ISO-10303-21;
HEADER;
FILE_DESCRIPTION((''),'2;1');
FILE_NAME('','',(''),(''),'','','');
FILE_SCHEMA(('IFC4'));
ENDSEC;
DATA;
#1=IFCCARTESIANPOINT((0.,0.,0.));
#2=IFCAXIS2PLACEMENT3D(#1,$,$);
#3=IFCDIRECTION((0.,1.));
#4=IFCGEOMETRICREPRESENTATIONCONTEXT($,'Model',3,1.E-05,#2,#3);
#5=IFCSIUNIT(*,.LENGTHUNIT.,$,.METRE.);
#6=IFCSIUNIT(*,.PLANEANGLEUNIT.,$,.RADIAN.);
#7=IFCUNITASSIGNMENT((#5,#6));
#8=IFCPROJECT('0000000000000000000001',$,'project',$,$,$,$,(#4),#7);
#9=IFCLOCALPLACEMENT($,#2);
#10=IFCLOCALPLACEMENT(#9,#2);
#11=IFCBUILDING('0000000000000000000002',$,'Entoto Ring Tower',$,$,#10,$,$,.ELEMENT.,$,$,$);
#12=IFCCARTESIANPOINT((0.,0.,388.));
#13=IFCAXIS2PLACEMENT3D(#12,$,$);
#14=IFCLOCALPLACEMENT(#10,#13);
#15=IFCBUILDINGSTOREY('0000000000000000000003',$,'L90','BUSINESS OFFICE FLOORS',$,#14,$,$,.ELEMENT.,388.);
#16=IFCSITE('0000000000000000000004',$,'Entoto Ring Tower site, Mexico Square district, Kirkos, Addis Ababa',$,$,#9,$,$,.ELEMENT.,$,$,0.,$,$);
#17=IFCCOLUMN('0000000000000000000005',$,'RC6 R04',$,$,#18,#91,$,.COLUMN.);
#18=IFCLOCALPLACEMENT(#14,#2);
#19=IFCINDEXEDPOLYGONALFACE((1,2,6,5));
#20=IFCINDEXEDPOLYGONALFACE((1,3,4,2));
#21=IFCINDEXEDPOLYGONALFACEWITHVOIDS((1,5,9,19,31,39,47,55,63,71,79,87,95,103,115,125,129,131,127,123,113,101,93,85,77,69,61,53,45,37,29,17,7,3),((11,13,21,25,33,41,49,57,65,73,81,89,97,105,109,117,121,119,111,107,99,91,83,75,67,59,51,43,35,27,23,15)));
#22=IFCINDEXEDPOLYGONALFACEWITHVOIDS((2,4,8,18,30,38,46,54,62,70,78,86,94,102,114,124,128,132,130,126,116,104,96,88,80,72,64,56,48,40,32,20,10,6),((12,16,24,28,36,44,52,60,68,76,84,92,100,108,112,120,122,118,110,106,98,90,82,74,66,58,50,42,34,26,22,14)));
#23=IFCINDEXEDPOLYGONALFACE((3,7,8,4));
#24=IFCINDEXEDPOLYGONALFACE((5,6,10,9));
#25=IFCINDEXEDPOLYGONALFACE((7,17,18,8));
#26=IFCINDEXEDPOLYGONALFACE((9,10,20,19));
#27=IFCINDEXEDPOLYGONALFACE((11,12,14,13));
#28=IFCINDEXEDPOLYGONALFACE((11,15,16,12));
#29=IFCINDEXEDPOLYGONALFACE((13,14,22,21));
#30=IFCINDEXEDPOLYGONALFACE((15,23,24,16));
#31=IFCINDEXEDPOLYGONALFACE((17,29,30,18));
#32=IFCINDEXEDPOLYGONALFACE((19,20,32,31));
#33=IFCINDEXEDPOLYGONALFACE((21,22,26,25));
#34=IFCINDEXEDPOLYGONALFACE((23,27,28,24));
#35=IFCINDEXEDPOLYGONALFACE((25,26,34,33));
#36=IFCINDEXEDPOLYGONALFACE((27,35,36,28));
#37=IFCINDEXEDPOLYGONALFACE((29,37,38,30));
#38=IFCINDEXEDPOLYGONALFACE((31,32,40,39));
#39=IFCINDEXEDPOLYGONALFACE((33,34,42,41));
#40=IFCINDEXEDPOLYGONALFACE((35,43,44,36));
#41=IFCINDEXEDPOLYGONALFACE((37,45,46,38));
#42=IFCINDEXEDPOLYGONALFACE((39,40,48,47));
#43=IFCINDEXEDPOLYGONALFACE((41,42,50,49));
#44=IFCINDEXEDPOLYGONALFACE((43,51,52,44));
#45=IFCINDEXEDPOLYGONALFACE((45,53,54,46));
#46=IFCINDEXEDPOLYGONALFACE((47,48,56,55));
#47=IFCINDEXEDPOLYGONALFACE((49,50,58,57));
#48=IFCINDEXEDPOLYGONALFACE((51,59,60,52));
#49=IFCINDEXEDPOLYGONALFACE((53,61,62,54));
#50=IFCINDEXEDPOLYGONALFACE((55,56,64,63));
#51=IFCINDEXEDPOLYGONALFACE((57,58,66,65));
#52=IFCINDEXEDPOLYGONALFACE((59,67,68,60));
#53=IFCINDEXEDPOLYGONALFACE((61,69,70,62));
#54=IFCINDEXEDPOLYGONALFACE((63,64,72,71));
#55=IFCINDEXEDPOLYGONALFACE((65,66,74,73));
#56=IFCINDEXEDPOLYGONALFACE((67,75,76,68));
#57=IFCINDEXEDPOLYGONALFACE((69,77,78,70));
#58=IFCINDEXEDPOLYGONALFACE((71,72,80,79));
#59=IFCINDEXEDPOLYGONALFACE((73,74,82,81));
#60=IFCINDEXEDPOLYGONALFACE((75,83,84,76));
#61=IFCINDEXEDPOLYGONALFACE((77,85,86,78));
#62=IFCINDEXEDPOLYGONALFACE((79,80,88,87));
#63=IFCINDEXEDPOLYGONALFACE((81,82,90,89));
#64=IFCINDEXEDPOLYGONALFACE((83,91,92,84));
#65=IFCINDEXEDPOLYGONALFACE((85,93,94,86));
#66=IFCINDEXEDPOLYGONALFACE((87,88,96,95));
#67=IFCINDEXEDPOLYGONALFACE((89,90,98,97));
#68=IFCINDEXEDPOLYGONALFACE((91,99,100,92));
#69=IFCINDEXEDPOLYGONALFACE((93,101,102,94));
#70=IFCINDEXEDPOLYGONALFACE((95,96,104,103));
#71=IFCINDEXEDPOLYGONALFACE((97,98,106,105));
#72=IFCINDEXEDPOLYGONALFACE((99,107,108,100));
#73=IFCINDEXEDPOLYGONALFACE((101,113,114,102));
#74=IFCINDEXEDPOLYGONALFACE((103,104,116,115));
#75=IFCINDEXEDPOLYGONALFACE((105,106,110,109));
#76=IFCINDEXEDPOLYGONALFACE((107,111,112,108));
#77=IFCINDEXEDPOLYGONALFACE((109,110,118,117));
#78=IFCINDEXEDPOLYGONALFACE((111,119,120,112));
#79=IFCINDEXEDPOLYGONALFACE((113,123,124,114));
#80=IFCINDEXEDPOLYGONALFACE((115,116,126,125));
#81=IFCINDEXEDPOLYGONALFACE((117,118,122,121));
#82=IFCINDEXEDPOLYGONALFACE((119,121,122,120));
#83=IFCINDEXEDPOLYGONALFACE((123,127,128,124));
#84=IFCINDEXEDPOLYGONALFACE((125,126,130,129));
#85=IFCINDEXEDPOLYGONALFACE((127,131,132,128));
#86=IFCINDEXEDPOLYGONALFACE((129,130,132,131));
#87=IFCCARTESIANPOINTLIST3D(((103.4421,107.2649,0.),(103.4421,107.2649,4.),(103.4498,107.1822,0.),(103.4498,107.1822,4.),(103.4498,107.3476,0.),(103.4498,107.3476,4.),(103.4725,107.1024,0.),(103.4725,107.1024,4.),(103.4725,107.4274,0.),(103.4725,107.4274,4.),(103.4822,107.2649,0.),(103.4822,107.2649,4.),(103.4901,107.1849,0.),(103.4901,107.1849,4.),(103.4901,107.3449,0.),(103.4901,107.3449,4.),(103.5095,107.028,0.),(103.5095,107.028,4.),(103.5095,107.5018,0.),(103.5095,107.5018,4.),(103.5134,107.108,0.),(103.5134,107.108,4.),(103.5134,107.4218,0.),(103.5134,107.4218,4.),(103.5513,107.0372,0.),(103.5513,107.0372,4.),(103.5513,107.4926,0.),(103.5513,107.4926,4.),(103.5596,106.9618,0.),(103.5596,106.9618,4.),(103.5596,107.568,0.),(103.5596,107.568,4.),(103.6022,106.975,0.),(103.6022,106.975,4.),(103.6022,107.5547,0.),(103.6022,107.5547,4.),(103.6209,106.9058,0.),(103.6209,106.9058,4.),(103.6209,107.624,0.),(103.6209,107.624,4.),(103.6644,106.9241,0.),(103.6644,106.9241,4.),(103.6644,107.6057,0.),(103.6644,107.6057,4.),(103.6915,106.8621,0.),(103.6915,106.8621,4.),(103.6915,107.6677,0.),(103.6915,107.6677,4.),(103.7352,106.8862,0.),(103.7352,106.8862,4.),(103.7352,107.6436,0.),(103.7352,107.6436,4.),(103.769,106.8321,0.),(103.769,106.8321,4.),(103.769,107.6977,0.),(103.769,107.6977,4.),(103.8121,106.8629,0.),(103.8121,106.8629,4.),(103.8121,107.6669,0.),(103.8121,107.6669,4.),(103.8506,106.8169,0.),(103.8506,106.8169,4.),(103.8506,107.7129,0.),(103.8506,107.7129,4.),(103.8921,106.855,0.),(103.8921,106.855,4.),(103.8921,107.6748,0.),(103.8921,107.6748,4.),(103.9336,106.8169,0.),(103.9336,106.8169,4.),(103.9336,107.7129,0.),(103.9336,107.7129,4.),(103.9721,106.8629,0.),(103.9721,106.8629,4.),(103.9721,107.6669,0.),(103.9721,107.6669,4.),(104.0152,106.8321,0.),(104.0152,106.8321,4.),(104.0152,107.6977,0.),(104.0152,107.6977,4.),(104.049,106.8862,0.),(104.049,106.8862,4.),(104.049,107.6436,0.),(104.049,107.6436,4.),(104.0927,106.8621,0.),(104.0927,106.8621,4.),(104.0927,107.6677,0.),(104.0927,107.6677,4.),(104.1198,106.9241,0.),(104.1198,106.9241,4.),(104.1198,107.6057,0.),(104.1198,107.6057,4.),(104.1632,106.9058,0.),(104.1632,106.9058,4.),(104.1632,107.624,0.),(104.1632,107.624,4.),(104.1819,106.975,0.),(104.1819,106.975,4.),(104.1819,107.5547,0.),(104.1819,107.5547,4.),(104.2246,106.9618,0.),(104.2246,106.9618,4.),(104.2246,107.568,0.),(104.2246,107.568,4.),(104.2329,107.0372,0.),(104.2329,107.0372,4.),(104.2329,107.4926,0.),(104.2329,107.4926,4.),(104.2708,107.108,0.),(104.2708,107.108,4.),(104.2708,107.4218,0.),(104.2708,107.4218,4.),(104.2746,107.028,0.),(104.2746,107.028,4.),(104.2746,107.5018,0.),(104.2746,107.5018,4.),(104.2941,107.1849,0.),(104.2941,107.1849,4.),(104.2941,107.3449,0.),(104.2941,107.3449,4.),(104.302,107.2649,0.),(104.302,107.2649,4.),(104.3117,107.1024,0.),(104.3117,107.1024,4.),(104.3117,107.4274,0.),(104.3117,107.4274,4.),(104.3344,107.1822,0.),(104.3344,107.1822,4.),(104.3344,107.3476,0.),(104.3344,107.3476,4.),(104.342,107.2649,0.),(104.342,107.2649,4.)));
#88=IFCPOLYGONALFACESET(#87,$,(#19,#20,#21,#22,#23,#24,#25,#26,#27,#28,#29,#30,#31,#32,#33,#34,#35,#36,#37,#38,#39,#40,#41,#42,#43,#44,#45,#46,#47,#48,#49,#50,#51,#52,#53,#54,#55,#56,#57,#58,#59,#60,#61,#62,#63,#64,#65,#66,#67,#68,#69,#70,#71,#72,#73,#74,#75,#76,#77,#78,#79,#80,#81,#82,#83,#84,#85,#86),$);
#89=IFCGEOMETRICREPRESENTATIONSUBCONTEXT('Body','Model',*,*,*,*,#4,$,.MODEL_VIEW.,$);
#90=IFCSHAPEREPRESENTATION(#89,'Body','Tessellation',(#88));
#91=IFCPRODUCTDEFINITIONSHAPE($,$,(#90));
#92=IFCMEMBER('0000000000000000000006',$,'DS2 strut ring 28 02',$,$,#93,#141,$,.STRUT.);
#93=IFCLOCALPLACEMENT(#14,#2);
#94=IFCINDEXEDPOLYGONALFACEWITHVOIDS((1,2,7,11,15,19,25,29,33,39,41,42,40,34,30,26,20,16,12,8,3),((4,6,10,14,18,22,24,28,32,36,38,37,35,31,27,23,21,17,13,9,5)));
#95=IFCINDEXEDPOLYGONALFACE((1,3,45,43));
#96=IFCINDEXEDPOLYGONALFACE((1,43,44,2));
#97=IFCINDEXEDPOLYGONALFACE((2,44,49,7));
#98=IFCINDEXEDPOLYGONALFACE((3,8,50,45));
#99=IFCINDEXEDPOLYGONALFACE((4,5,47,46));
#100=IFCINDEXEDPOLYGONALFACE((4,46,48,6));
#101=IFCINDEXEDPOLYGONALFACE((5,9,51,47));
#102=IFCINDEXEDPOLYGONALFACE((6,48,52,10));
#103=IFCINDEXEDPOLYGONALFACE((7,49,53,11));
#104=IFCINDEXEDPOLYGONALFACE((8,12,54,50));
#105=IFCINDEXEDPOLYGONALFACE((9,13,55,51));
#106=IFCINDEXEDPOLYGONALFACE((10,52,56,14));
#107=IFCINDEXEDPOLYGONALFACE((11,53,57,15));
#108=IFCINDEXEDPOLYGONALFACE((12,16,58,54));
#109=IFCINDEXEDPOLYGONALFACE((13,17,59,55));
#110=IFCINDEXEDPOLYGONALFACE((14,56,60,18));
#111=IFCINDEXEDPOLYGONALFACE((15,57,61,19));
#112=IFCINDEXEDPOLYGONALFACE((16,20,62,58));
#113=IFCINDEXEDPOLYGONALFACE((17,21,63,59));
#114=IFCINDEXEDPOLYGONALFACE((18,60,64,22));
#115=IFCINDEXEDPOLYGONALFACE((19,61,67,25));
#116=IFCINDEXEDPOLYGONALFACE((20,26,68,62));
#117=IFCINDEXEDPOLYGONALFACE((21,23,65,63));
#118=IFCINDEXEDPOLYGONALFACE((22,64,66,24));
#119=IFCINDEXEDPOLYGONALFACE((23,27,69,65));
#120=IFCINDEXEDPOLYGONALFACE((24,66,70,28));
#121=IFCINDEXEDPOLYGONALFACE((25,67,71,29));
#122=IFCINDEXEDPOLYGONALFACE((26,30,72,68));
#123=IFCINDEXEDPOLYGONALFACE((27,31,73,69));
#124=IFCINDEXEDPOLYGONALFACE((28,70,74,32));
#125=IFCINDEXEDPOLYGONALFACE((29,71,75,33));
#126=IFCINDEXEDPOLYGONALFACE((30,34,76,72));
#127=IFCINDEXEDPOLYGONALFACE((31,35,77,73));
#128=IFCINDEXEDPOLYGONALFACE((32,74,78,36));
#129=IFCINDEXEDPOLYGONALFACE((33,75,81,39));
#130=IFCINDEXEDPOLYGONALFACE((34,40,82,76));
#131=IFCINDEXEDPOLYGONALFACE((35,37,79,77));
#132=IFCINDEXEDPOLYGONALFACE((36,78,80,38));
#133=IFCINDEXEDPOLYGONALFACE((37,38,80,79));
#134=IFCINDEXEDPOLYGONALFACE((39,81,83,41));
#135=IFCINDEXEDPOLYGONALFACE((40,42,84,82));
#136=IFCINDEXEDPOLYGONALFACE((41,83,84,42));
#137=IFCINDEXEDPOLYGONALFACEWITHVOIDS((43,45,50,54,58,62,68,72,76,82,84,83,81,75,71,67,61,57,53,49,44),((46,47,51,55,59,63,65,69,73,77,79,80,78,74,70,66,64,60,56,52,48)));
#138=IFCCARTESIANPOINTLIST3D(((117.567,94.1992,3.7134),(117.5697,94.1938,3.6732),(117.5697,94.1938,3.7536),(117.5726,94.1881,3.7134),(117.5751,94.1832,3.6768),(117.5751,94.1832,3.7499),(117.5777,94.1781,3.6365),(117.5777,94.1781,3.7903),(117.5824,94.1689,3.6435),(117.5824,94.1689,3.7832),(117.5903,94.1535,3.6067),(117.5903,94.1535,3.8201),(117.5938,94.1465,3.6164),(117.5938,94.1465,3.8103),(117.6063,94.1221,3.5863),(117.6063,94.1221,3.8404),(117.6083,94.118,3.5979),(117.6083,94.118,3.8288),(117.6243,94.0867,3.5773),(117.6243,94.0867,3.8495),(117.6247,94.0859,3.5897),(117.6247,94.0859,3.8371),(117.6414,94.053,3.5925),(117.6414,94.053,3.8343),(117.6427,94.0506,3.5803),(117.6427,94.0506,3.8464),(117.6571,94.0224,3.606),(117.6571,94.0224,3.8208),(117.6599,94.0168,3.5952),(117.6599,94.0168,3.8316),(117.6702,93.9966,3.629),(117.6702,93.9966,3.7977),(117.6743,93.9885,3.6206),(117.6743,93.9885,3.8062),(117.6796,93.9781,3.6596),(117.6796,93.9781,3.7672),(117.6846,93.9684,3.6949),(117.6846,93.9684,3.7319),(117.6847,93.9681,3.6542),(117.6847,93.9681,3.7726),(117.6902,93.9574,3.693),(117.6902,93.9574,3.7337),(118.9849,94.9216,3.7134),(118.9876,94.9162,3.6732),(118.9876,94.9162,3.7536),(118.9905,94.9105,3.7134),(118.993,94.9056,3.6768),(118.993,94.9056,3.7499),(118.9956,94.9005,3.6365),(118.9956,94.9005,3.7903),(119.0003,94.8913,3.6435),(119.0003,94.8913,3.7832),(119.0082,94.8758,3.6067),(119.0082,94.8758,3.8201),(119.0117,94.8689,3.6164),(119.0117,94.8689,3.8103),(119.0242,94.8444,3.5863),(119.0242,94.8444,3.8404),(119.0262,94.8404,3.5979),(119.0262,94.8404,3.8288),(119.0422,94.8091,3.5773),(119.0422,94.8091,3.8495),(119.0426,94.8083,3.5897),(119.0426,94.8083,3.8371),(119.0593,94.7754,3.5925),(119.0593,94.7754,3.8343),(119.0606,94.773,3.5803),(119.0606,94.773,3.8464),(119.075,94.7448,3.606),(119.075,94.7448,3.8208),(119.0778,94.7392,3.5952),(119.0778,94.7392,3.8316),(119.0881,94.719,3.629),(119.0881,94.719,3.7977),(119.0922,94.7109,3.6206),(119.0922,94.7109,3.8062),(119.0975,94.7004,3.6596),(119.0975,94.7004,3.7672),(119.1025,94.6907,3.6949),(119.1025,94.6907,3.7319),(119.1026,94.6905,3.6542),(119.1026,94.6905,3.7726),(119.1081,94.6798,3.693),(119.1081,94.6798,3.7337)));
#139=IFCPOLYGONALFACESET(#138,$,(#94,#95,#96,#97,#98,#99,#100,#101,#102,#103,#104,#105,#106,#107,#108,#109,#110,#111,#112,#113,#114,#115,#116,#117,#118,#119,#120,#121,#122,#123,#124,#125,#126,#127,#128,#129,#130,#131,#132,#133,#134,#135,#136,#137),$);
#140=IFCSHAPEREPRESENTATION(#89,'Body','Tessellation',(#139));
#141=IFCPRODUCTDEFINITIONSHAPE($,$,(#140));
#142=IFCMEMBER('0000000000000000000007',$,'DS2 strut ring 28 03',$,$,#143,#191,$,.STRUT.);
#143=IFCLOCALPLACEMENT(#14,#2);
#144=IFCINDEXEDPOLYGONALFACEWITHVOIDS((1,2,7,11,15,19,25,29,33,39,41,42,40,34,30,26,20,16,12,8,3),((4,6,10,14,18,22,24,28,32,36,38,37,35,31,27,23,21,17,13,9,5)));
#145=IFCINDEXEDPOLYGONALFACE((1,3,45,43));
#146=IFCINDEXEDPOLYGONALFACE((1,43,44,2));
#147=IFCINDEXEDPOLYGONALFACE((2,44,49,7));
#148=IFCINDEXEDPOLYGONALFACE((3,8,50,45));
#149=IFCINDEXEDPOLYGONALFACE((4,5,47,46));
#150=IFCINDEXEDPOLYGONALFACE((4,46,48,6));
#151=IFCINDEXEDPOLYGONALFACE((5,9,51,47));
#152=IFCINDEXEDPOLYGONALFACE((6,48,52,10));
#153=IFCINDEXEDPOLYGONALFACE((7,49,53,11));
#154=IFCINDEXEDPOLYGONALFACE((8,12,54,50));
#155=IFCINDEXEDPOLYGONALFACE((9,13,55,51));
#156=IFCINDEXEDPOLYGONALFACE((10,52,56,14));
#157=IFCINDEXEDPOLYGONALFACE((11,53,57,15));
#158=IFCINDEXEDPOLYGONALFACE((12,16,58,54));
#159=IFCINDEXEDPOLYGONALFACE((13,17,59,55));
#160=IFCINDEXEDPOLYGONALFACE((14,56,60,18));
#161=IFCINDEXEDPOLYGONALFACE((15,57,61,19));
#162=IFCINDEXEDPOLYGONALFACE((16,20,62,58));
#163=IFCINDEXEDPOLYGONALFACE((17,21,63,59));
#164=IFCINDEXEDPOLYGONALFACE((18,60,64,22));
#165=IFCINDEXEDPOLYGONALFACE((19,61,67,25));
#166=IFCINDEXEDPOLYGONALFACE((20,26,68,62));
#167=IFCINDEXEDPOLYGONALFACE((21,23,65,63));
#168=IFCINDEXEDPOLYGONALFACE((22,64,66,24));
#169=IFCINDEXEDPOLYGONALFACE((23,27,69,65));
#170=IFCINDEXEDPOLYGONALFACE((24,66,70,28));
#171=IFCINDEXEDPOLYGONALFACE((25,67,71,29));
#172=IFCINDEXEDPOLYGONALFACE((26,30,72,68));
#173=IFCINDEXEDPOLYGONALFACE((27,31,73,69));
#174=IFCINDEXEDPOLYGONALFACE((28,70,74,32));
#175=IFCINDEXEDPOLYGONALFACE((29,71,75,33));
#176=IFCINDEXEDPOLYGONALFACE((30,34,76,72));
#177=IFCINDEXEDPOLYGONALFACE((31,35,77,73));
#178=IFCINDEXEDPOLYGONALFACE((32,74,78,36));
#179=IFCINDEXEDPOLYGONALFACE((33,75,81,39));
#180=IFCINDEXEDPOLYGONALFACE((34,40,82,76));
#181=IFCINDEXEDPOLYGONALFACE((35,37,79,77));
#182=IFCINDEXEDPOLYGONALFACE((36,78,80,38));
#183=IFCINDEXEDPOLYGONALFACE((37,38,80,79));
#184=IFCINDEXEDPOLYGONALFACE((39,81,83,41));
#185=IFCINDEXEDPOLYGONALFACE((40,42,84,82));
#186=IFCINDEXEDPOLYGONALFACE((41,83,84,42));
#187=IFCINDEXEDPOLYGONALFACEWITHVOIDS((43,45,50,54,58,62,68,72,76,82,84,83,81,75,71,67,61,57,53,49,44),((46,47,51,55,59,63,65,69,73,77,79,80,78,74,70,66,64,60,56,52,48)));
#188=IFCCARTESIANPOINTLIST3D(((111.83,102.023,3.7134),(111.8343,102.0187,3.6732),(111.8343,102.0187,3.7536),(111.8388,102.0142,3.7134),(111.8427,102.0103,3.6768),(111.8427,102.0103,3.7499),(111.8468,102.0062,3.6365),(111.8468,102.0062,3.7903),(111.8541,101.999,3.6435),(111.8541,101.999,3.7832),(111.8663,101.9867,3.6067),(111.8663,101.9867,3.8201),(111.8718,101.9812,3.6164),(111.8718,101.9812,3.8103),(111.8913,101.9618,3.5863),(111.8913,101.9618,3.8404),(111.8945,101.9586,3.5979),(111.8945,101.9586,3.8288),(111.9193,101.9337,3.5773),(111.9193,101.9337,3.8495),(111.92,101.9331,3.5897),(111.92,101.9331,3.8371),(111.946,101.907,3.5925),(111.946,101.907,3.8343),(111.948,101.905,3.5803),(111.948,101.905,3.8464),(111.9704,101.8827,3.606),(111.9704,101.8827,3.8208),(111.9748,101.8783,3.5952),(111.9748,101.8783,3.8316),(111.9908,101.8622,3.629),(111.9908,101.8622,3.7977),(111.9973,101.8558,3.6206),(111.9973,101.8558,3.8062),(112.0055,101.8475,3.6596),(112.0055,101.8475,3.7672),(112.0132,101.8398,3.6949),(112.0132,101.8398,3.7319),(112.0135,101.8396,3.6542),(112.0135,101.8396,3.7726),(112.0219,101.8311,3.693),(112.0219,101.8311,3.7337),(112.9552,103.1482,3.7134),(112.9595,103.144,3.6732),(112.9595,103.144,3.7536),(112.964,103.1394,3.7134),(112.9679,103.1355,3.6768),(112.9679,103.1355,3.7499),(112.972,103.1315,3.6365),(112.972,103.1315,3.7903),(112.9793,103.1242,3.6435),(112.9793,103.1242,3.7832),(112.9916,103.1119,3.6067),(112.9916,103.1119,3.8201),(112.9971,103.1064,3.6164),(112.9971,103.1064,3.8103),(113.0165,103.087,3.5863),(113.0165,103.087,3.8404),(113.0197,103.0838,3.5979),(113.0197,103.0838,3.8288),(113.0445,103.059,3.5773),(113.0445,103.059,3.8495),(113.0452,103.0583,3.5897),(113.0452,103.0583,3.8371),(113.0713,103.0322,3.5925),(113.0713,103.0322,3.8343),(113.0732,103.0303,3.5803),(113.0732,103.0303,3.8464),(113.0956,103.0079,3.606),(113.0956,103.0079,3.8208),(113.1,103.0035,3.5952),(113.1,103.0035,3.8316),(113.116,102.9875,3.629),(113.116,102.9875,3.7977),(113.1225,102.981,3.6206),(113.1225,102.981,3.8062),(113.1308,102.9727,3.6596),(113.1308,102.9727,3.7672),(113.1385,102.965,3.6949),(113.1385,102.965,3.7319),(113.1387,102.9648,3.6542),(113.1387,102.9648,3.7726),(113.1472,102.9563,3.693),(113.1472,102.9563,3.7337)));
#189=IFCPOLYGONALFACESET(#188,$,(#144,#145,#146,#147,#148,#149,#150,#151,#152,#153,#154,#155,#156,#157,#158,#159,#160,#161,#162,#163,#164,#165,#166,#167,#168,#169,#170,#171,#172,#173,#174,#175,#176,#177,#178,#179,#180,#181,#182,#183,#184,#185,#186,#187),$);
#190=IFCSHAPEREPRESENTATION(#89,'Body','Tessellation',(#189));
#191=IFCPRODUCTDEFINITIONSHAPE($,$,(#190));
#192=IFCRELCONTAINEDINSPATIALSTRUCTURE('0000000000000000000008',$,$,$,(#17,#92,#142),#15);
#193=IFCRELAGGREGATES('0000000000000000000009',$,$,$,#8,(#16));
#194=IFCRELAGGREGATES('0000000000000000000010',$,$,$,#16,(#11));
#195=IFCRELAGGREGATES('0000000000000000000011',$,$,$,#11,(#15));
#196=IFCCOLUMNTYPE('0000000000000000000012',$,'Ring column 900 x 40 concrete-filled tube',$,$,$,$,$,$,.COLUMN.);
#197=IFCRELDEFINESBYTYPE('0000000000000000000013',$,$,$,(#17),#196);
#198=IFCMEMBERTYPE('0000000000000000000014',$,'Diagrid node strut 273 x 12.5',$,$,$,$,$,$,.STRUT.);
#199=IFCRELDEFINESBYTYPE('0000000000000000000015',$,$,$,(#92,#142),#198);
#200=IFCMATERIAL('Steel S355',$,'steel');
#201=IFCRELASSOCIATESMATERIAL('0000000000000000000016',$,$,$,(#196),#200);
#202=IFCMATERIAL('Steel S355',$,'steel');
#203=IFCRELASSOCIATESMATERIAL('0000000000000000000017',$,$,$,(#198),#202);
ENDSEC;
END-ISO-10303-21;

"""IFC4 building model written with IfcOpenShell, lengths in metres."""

from ifc_helpers import new_model, si_unit, direction, frame, origin, origin_2d, place, context, subcontext, project, spatial, circle, hollow_circle, extrude, material, material_profile, profile_set, type_object, element, save


model = new_model("IFC4")

# Units and contexts
model_context = context("Model", 3, precision=1e-05, world=origin(), true_north=direction((0.0, 1.0)))
body_context = subcontext(model_context, "Body", "Model", "MODEL_VIEW")
ifc_project = project(units=[si_unit("LENGTHUNIT", "METRE"), si_unit("PLANEANGLEUNIT", "RADIAN")], contexts=[model_context])

# Site, building, storey
site_placement = place(None, origin())
site = spatial("IfcSite", under=ifc_project, at=site_placement, Name="Entoto Ring Tower site, Mexico Square district, Kirkos, Addis Ababa", CompositionType="ELEMENT", RefElevation=0.0)
building_placement = place(site_placement, origin())
building = spatial("IfcBuilding", under=site, at=building_placement, Name="Entoto Ring Tower", CompositionType="ELEMENT")
storey_placement = place(building_placement, frame((0.0, 0.0, 388.0)))
storey = spatial("IfcBuildingStorey", under=building, at=storey_placement, Name="L90", Description="BUSINESS OFFICE FLOORS", CompositionType="ELEMENT", Elevation=388.0)

# Column
ifc_material_1 = material(Name="Steel S355", Category="steel")
ifc_material_profile_1 = material_profile(ifc_material_1, hollow_circle(Radius=0.45, WallThickness=0.04, at=origin_2d()), Name="CHS 900 x 40")
ifc_material_2 = material(Name="Concrete C60/75", Category="concrete")
ifc_material_profile_2 = material_profile(ifc_material_2, circle(Radius=0.4099, at=origin_2d()), Name="Concrete C60/75 infill")
ifc_profile_set_1 = profile_set([ifc_material_profile_1, ifc_material_profile_2], Name="Steel S355")
column_type = type_object("IfcColumnType", Name="Ring column 900 x 40 concrete-filled tube", PredefinedType="COLUMN", material=ifc_profile_set_1)
for number, where, z_axis, x_axis, name in (
    (1, (103.8921, 107.2649, 0.0), (0.0, 0.0, 1.0), (1.0, 0.0, 0.0), "RC6 R04"),
):
    element("IfcColumn", number, at=place(storey_placement, frame(where, z_axis=z_axis, x_axis=x_axis)), inside=storey, type_object=column_type, Name=name, PredefinedType="COLUMN", context=body_context, shape_type="SweptSolid", body=[
        extrude(hollow_circle(Radius=0.45, WallThickness=0.04, at=origin_2d()), origin(), (0.0, 0.0, 1.0), 4.0),
    ])

# Members
ifc_material_3 = material(Name="Steel S355", Category="steel")
ifc_material_profile_3 = material_profile(ifc_material_3, hollow_circle(Radius=0.1365, WallThickness=0.0125, at=origin_2d()), Name="CHS 273 x 12.5")
ifc_material_4 = material(Name="Concrete C60/75", Category="concrete")
ifc_material_profile_4 = material_profile(ifc_material_4, circle(Radius=0.124, at=origin_2d()), Name="Concrete C60/75 infill")
ifc_profile_set_2 = profile_set([ifc_material_profile_3, ifc_material_profile_4], Name="Steel S355")
member_type = type_object("IfcMemberType", Name="Diagrid node strut 273 x 12.5", PredefinedType="STRUT", material=ifc_profile_set_2)
for number, where, z_axis, x_axis, name in (
    (2, (117.6289, 94.0776, 3.7134), (0.891027, 0.453951, 0.0), (-0.453951, 0.891027, 0.0), "DS2 strut ring 28 02"),
    (3, (111.9265, 101.9265, 3.7134), (0.707107, 0.707107, 0.0), (-0.707107, 0.707107, 0.0), "DS2 strut ring 28 03"),
):
    element("IfcMember", number, at=place(storey_placement, frame(where, z_axis=z_axis, x_axis=x_axis)), inside=storey, type_object=member_type, Name=name, PredefinedType="STRUT", context=body_context, shape_type="SweptSolid", body=[
        extrude(hollow_circle(Radius=0.1365, WallThickness=0.0125, at=origin_2d()), origin(), (0.0, 0.0, 1.0), 1.5913),
    ])

save(model, "model.ifc")
